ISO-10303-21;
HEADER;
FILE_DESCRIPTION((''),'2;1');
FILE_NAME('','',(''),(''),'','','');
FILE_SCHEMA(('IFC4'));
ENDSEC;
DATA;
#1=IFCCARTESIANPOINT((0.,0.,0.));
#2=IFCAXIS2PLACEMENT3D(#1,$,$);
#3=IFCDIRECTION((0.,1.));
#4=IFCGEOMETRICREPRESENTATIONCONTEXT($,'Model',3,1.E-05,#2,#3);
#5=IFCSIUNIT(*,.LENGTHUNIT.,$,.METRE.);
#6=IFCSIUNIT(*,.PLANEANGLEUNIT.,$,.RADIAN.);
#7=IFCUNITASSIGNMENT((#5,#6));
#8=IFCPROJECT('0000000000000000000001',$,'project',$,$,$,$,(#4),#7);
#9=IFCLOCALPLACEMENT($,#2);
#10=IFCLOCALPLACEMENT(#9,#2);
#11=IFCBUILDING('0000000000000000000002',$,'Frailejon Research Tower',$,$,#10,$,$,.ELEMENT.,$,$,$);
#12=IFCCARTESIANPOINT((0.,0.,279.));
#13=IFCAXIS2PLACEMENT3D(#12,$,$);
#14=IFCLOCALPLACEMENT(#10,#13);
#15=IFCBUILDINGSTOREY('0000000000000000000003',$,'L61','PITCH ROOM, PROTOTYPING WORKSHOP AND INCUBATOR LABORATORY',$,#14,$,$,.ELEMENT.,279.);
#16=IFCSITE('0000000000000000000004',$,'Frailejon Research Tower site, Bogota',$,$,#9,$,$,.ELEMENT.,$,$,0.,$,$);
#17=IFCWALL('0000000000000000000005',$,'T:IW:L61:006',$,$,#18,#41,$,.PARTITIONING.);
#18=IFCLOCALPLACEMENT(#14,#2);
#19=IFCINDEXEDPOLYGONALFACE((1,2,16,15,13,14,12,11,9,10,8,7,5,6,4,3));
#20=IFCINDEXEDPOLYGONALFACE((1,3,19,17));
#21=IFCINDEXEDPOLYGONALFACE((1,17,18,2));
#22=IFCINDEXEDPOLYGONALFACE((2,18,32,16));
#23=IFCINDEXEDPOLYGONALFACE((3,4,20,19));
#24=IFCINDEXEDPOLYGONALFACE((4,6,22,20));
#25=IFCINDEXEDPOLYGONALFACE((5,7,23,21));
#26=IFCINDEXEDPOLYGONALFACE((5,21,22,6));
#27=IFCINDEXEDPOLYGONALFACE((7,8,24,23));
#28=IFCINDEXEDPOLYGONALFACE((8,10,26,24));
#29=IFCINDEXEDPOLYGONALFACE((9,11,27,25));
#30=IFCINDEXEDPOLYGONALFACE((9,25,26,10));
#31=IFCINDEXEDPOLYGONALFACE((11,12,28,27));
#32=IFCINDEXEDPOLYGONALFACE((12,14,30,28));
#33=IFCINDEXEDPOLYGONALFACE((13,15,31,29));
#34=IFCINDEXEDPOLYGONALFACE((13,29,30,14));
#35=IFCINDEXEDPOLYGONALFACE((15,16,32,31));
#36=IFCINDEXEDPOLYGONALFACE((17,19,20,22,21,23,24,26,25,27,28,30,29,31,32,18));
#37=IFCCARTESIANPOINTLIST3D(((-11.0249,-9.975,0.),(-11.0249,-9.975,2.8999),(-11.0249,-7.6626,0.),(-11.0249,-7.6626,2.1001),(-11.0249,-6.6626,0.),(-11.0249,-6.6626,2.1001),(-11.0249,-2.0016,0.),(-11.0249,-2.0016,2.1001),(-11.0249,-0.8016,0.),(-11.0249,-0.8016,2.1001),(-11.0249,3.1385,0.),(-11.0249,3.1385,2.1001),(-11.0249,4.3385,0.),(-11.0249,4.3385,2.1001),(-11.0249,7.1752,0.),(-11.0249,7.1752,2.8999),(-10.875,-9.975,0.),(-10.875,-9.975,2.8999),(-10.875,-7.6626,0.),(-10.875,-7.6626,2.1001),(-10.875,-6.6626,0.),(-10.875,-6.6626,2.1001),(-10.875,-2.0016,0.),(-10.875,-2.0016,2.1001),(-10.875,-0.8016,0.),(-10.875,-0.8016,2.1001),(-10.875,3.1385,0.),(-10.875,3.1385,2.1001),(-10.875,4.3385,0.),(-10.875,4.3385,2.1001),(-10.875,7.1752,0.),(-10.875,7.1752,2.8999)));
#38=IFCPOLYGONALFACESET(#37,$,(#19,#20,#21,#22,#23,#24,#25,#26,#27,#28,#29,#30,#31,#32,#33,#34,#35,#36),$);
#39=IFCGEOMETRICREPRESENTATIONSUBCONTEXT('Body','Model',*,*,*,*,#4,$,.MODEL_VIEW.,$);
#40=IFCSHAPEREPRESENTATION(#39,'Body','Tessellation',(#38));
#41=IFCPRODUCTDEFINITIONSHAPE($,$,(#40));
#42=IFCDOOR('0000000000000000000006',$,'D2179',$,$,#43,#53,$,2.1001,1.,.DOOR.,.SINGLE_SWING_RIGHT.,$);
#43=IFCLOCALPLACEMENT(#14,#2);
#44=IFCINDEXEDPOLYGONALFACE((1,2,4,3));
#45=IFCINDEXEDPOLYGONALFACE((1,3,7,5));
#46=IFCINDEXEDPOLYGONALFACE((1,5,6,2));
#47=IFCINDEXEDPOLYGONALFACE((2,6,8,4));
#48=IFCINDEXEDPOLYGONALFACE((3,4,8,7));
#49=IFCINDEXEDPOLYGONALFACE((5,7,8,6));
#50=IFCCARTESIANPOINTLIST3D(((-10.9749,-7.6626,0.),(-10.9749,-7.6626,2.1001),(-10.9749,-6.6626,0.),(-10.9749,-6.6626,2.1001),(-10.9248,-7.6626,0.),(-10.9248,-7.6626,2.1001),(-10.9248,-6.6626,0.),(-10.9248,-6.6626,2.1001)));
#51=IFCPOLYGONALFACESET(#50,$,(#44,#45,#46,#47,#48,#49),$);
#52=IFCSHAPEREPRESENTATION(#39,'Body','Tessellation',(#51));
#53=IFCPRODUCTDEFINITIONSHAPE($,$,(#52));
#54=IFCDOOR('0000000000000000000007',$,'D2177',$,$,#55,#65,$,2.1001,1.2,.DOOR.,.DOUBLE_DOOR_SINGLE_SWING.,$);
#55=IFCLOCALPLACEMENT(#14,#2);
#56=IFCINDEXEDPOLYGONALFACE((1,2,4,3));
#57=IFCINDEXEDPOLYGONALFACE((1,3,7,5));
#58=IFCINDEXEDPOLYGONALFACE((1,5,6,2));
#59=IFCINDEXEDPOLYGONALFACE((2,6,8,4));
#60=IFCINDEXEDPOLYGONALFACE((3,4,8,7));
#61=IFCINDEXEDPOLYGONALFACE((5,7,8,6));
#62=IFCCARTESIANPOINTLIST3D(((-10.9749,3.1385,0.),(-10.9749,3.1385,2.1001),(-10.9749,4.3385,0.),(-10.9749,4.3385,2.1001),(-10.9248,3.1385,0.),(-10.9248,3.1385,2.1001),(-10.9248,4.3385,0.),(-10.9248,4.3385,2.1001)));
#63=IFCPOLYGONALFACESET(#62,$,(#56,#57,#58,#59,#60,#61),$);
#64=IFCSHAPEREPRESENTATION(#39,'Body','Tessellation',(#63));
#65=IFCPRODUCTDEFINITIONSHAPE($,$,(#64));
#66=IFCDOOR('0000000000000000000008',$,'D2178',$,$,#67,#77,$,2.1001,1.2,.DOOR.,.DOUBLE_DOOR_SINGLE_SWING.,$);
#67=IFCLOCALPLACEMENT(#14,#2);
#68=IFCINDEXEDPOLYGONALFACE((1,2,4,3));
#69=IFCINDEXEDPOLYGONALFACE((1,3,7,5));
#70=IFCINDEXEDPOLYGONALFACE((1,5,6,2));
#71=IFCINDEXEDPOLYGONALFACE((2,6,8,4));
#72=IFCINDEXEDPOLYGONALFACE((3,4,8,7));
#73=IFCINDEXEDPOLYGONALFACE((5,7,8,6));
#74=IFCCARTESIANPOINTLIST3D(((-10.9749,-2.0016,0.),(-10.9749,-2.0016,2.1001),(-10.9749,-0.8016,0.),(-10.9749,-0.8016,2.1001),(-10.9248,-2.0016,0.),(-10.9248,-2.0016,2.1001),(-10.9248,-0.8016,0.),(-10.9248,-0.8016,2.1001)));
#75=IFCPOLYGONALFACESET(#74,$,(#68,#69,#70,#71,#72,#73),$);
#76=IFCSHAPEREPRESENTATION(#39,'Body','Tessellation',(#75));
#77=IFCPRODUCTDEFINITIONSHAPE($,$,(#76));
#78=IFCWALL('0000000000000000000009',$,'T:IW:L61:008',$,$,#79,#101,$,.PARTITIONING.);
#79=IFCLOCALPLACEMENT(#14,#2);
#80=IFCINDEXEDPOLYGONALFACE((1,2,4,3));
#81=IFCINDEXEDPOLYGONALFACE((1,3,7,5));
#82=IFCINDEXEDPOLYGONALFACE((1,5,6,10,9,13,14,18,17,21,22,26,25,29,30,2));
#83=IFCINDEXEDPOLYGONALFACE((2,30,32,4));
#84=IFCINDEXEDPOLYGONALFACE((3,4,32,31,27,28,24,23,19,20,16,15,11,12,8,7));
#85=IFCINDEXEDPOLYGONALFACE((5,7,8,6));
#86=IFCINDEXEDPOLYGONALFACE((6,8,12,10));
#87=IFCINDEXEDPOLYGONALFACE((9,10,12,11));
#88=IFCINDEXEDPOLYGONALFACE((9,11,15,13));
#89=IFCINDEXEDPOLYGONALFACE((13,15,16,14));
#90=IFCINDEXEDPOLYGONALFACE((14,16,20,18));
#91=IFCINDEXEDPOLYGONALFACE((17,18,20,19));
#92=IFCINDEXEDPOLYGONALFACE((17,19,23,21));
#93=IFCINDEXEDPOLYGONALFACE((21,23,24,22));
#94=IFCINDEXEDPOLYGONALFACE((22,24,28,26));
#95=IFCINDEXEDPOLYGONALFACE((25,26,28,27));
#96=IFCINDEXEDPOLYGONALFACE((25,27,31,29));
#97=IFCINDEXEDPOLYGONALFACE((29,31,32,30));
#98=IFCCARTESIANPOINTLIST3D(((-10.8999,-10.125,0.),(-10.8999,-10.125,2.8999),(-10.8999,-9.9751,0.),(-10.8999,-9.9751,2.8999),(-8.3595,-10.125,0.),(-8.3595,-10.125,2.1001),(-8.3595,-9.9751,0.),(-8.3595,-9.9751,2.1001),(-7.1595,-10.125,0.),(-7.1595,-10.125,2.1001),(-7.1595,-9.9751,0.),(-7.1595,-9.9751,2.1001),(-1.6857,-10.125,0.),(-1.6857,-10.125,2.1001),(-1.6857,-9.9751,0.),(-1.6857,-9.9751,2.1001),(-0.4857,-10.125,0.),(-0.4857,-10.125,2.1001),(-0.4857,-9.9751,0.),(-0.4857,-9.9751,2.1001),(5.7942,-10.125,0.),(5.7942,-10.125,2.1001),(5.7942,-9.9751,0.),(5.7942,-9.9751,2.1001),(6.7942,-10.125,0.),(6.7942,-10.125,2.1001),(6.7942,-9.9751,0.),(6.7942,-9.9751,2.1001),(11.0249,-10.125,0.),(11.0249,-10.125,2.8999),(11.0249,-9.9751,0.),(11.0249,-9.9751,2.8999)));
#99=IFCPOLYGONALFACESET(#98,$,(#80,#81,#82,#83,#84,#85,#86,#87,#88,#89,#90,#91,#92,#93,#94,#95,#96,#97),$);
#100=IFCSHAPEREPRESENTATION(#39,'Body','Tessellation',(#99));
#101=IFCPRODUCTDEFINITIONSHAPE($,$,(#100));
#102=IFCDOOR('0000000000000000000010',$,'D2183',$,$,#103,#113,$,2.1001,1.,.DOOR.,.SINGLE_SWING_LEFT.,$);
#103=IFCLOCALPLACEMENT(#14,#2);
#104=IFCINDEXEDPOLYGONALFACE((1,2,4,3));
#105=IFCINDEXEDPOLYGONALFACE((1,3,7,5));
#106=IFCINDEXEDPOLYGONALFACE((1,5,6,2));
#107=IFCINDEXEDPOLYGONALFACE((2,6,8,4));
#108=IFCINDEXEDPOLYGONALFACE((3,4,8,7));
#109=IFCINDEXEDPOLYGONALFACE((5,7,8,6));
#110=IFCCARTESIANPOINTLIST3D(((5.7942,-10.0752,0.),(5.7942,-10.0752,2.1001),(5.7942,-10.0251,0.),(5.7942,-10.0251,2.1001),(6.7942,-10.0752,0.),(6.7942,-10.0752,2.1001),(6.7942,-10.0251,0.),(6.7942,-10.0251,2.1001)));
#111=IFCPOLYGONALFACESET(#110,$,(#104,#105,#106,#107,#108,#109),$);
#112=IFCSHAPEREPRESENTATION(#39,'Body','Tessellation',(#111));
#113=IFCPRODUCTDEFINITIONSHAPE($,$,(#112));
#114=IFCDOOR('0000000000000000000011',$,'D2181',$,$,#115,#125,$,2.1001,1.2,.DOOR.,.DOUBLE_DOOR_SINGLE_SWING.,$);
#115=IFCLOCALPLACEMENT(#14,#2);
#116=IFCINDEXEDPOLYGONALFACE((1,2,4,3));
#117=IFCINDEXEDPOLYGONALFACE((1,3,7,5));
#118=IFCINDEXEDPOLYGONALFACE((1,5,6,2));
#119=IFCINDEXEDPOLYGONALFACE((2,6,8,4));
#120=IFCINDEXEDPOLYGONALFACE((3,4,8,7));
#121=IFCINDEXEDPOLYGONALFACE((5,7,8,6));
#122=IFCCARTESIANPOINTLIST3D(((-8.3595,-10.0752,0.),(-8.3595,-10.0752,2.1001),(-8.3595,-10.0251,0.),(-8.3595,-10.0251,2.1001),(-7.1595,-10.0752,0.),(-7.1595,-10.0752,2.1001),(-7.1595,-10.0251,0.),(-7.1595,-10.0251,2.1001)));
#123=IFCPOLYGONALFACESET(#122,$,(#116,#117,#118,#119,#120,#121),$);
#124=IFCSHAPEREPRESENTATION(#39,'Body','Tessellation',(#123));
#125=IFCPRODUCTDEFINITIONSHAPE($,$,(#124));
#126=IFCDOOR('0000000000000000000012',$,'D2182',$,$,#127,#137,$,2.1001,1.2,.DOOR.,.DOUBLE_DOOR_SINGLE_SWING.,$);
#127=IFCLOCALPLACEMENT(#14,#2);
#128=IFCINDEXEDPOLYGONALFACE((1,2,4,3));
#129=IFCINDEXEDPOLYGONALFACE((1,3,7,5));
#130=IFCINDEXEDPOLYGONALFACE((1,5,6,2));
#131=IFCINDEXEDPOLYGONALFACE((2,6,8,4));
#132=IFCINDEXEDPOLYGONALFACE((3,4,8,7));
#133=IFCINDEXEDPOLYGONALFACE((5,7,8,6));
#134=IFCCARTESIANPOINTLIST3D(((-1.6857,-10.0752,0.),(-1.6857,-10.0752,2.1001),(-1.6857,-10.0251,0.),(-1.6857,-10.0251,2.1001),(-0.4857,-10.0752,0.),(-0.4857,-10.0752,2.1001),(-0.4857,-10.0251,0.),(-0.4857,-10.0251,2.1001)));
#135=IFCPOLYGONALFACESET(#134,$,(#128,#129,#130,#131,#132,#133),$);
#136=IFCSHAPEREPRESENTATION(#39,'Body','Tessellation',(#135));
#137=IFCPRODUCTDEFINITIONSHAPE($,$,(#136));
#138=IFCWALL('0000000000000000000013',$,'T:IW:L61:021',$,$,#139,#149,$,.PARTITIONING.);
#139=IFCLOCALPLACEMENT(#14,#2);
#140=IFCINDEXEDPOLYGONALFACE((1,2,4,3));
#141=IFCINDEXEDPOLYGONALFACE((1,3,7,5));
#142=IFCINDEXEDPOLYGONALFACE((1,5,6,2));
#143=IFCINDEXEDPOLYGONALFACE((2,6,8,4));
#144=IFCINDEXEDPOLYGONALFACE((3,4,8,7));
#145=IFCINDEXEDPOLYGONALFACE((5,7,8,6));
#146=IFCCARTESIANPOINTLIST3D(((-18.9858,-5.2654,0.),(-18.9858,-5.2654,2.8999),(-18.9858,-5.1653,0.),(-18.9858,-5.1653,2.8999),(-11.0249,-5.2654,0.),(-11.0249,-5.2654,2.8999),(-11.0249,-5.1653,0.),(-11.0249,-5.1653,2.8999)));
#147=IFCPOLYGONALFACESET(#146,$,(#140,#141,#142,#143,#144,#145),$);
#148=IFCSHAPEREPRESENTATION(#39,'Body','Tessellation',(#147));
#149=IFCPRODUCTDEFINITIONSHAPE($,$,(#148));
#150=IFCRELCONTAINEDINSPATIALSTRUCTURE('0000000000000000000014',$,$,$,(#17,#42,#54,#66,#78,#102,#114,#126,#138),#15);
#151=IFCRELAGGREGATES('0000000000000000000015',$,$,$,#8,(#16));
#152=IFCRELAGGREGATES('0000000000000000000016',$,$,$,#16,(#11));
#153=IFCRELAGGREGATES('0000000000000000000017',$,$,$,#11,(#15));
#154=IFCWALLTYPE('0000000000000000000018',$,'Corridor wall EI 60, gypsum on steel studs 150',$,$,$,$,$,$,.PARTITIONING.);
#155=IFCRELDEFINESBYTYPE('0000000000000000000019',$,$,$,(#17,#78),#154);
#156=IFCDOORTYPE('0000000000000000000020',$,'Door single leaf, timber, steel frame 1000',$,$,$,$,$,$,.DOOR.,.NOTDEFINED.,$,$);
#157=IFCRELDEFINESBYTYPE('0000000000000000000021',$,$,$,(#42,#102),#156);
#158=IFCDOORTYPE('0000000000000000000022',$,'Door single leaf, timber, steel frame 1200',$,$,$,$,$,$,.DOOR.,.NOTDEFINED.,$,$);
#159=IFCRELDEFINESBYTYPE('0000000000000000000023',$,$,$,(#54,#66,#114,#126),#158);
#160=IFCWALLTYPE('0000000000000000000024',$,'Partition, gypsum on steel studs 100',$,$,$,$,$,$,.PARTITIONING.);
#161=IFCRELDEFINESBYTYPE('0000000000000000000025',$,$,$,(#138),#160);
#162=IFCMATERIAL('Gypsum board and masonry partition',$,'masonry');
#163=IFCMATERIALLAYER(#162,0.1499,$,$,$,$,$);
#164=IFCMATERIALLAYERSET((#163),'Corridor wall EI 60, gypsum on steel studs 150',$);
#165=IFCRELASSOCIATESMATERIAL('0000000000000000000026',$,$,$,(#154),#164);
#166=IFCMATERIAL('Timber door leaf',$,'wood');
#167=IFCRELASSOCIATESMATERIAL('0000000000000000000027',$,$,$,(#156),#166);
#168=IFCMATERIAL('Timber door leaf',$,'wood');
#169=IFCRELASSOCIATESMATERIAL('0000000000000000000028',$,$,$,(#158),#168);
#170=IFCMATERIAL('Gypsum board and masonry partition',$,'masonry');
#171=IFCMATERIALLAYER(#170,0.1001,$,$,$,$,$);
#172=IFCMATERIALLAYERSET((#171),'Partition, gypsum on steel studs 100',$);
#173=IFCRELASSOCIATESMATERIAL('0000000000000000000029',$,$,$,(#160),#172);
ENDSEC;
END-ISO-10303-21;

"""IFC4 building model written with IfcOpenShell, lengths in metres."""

from ifc_helpers import new_model, si_unit, direction, frame, frame_2d, origin, place, context, subcontext, project, spatial, rectangle, extrude, material, layer, layer_set, type_object, element, fill, save


model = new_model("IFC4")

# Units and contexts
model_context = context("Model", 3, precision=1e-05, world=origin(), true_north=direction((0.0, 1.0)))
body_context = subcontext(model_context, "Body", "Model", "MODEL_VIEW")
ifc_project = project(units=[si_unit("LENGTHUNIT", "METRE"), si_unit("PLANEANGLEUNIT", "RADIAN")], contexts=[model_context])

# Site, building, storey
site_placement = place(None, origin())
site = spatial("IfcSite", under=ifc_project, at=site_placement, Name="Frailejon Research Tower site, Bogota", CompositionType="ELEMENT", RefElevation=0.0)
building_placement = place(site_placement, origin())
building = spatial("IfcBuilding", under=site, at=building_placement, Name="Frailejon Research Tower", CompositionType="ELEMENT")
storey_placement = place(building_placement, frame((0.0, 0.0, 279.0)))
storey = spatial("IfcBuildingStorey", under=building, at=storey_placement, Name="L61", Description="PITCH ROOM, PROTOTYPING WORKSHOP AND INCUBATOR LABORATORY", CompositionType="ELEMENT", Elevation=279.0)

# Walls, openings, doors
ifc_material_1 = material(Name="Gypsum board and masonry partition", Category="masonry")
ifc_layer_1 = layer(ifc_material_1, 0.1499)
ifc_layer_set_1 = layer_set([ifc_layer_1], Name="Corridor wall EI 60, gypsum on steel studs 150")
wall_type_1 = type_object("IfcWallType", Name="Corridor wall EI 60, gypsum on steel studs 150", PredefinedType="PARTITIONING", material=ifc_layer_set_1)
wall_1_placement = place(storey_placement, frame((-10.95, -9.9751, 0.0), z_axis=(0.0, 0.0, 1.0), x_axis=(0.0, 1.0, 0.0)))
wall_1 = element("IfcWall", 1, at=wall_1_placement, inside=storey, type_object=wall_type_1, Name="T:IW:L61:006", PredefinedType="PARTITIONING", context=body_context, shape_type="SweptSolid", body=[
    extrude(rectangle(XDim=17.1501, YDim=0.1499, at=frame_2d((8.5752, 0.0))), origin(), (0.0, 0.0, 1.0), 2.8999),
])
opening_1_placement = place(wall_1_placement, frame((13.1135, 0.0, 0.0)))
opening_1 = element("IfcOpeningElement", 2, at=opening_1_placement, cuts=wall_1, PredefinedType="OPENING", context=body_context, shape_type="SweptSolid", body=[
    extrude(rectangle(XDim=1.2, YDim=2.1001, at=frame_2d((0.6001, 1.05))), frame((0.0, 0.085, 0.0), z_axis=(0.0, -1.0, 0.0), x_axis=(1.0, 0.0, 0.0)), (0.0, 0.0, 1.0), 0.1699),
])
opening_2_placement = place(wall_1_placement, frame((7.9734, 0.0, 0.0)))
opening_2 = element("IfcOpeningElement", 3, at=opening_2_placement, cuts=wall_1, PredefinedType="OPENING", context=body_context, shape_type="SweptSolid", body=[
    extrude(rectangle(XDim=1.2, YDim=2.1001, at=frame_2d((0.6001, 1.05))), frame((0.0, 0.085, 0.0), z_axis=(0.0, -1.0, 0.0), x_axis=(1.0, 0.0, 0.0)), (0.0, 0.0, 1.0), 0.1699),
])
opening_3_placement = place(wall_1_placement, frame((2.3125, 0.0, 0.0)))
opening_3 = element("IfcOpeningElement", 4, at=opening_3_placement, cuts=wall_1, PredefinedType="OPENING", context=body_context, shape_type="SweptSolid", body=[
    extrude(rectangle(XDim=1.0, YDim=2.1001, at=frame_2d((0.5, 1.05))), frame((0.0, 0.085, 0.0), z_axis=(0.0, -1.0, 0.0), x_axis=(1.0, 0.0, 0.0)), (0.0, 0.0, 1.0), 0.1699),
])
ifc_material_2 = material(Name="Timber door leaf", Category="wood")
door_type_1 = type_object("IfcDoorType", Name="Door single leaf, timber, steel frame 1000", OperationType="NOTDEFINED", PredefinedType="DOOR", material=ifc_material_2)
door_1_placement = place(opening_3_placement, origin())
door_1 = element("IfcDoor", 5, at=door_1_placement, inside=storey, type_object=door_type_1, Name="D2179", OperationType="SINGLE_SWING_RIGHT", OverallHeight=2.1001, OverallWidth=1.0, PredefinedType="DOOR", context=body_context, shape_type="SweptSolid", body=[
    extrude(rectangle(XDim=1.0, YDim=2.1001, at=frame_2d((0.5, 1.05))), frame((0.0, 0.0249, 0.0), z_axis=(0.0, -1.0, 0.0), x_axis=(1.0, 0.0, 0.0)), (0.0, 0.0, 1.0), 0.05),
])
fill(opening_3, door_1)
ifc_material_3 = material(Name="Timber door leaf", Category="wood")
door_type_2 = type_object("IfcDoorType", Name="Door single leaf, timber, steel frame 1200", OperationType="NOTDEFINED", PredefinedType="DOOR", material=ifc_material_3)
door_2_placement = place(opening_1_placement, origin())
door_2 = element("IfcDoor", 6, at=door_2_placement, inside=storey, type_object=door_type_2, Name="D2177", OperationType="DOUBLE_DOOR_SINGLE_SWING", OverallHeight=2.1001, OverallWidth=1.2, PredefinedType="DOOR", context=body_context, shape_type="SweptSolid", body=[
    extrude(rectangle(XDim=1.2, YDim=2.1001, at=frame_2d((0.6001, 1.05))), frame((0.0, 0.0249, 0.0), z_axis=(0.0, -1.0, 0.0), x_axis=(1.0, 0.0, 0.0)), (0.0, 0.0, 1.0), 0.05),
])
fill(opening_1, door_2)
door_3_placement = place(opening_2_placement, origin())
door_3 = element("IfcDoor", 7, at=door_3_placement, inside=storey, type_object=door_type_2, Name="D2178", OperationType="DOUBLE_DOOR_SINGLE_SWING", OverallHeight=2.1001, OverallWidth=1.2, PredefinedType="DOOR", context=body_context, shape_type="SweptSolid", body=[
    extrude(rectangle(XDim=1.2, YDim=2.1001, at=frame_2d((0.6001, 1.05))), frame((0.0, 0.0249, 0.0), z_axis=(0.0, -1.0, 0.0), x_axis=(1.0, 0.0, 0.0)), (0.0, 0.0, 1.0), 0.05),
])
fill(opening_2, door_3)
wall_2_placement = place(storey_placement, frame((-10.8999, -10.05, 0.0), z_axis=(0.0, 0.0, 1.0), x_axis=(1.0, 0.0, 0.0)))
wall_2 = element("IfcWall", 8, at=wall_2_placement, inside=storey, type_object=wall_type_1, Name="T:IW:L61:008", PredefinedType="PARTITIONING", context=body_context, shape_type="SweptSolid", body=[
    extrude(rectangle(XDim=21.9248, YDim=0.1499, at=frame_2d((10.9624, 0.0))), origin(), (0.0, 0.0, 1.0), 2.8999),
])
opening_4_placement = place(wall_2_placement, frame((2.5403, 0.0, 0.0)))
opening_4 = element("IfcOpeningElement", 9, at=opening_4_placement, cuts=wall_2, PredefinedType="OPENING", context=body_context, shape_type="SweptSolid", body=[
    extrude(rectangle(XDim=1.2, YDim=2.1001, at=frame_2d((0.6001, 1.05))), frame((0.0, 0.085, 0.0), z_axis=(0.0, -1.0, 0.0), x_axis=(1.0, 0.0, 0.0)), (0.0, 0.0, 1.0), 0.1699),
])
opening_5_placement = place(wall_2_placement, frame((9.2141, 0.0, 0.0)))
opening_5 = element("IfcOpeningElement", 10, at=opening_5_placement, cuts=wall_2, PredefinedType="OPENING", context=body_context, shape_type="SweptSolid", body=[
    extrude(rectangle(XDim=1.2, YDim=2.1001, at=frame_2d((0.6001, 1.05))), frame((0.0, 0.085, 0.0), z_axis=(0.0, -1.0, 0.0), x_axis=(1.0, 0.0, 0.0)), (0.0, 0.0, 1.0), 0.1699),
])
opening_6_placement = place(wall_2_placement, frame((16.6941, 0.0, 0.0)))
opening_6 = element("IfcOpeningElement", 11, at=opening_6_placement, cuts=wall_2, PredefinedType="OPENING", context=body_context, shape_type="SweptSolid", body=[
    extrude(rectangle(XDim=1.0, YDim=2.1001, at=frame_2d((0.5, 1.05))), frame((0.0, 0.085, 0.0), z_axis=(0.0, -1.0, 0.0), x_axis=(1.0, 0.0, 0.0)), (0.0, 0.0, 1.0), 0.1699),
])
door_4_placement = place(opening_6_placement, origin())
door_4 = element("IfcDoor", 12, at=door_4_placement, inside=storey, type_object=door_type_1, Name="D2183", OperationType="SINGLE_SWING_LEFT", OverallHeight=2.1001, OverallWidth=1.0, PredefinedType="DOOR", context=body_context, shape_type="SweptSolid", body=[
    extrude(rectangle(XDim=1.0, YDim=2.1001, at=frame_2d((0.5, 1.05))), frame((0.0, 0.0249, 0.0), z_axis=(0.0, -1.0, 0.0), x_axis=(1.0, 0.0, 0.0)), (0.0, 0.0, 1.0), 0.05),
])
fill(opening_6, door_4)
door_5_placement = place(opening_4_placement, origin())
door_5 = element("IfcDoor", 13, at=door_5_placement, inside=storey, type_object=door_type_2, Name="D2181", OperationType="DOUBLE_DOOR_SINGLE_SWING", OverallHeight=2.1001, OverallWidth=1.2, PredefinedType="DOOR", context=body_context, shape_type="SweptSolid", body=[
    extrude(rectangle(XDim=1.2, YDim=2.1001, at=frame_2d((0.6001, 1.05))), frame((0.0, 0.0249, 0.0), z_axis=(0.0, -1.0, 0.0), x_axis=(1.0, 0.0, 0.0)), (0.0, 0.0, 1.0), 0.05),
])
fill(opening_4, door_5)
door_6_placement = place(opening_5_placement, origin())
door_6 = element("IfcDoor", 14, at=door_6_placement, inside=storey, type_object=door_type_2, Name="D2182", OperationType="DOUBLE_DOOR_SINGLE_SWING", OverallHeight=2.1001, OverallWidth=1.2, PredefinedType="DOOR", context=body_context, shape_type="SweptSolid", body=[
    extrude(rectangle(XDim=1.2, YDim=2.1001, at=frame_2d((0.6001, 1.05))), frame((0.0, 0.0249, 0.0), z_axis=(0.0, -1.0, 0.0), x_axis=(1.0, 0.0, 0.0)), (0.0, 0.0, 1.0), 0.05),
])
fill(opening_5, door_6)

# Wall
ifc_material_4 = material(Name="Gypsum board and masonry partition", Category="masonry")
ifc_layer_2 = layer(ifc_material_4, 0.1001)
ifc_layer_set_2 = layer_set([ifc_layer_2], Name="Partition, gypsum on steel studs 100")
wall_type_2 = type_object("IfcWallType", Name="Partition, gypsum on steel studs 100", PredefinedType="PARTITIONING", material=ifc_layer_set_2)
wall_3_placement = place(storey_placement, frame((-18.9858, -5.2153, 0.0), z_axis=(0.0, 0.0, 1.0), x_axis=(1.0, 0.0, 0.0)))
element("IfcWall", 15, at=wall_3_placement, inside=storey, type_object=wall_type_2, Name="T:IW:L61:021", PredefinedType="PARTITIONING", context=body_context, shape_type="SweptSolid", body=[
    extrude(rectangle(XDim=7.9609, YDim=0.1001, at=frame_2d((3.9805, 0.0))), origin(), (0.0, 0.0, 1.0), 2.8999),
])

save(model, "model.ifc")
